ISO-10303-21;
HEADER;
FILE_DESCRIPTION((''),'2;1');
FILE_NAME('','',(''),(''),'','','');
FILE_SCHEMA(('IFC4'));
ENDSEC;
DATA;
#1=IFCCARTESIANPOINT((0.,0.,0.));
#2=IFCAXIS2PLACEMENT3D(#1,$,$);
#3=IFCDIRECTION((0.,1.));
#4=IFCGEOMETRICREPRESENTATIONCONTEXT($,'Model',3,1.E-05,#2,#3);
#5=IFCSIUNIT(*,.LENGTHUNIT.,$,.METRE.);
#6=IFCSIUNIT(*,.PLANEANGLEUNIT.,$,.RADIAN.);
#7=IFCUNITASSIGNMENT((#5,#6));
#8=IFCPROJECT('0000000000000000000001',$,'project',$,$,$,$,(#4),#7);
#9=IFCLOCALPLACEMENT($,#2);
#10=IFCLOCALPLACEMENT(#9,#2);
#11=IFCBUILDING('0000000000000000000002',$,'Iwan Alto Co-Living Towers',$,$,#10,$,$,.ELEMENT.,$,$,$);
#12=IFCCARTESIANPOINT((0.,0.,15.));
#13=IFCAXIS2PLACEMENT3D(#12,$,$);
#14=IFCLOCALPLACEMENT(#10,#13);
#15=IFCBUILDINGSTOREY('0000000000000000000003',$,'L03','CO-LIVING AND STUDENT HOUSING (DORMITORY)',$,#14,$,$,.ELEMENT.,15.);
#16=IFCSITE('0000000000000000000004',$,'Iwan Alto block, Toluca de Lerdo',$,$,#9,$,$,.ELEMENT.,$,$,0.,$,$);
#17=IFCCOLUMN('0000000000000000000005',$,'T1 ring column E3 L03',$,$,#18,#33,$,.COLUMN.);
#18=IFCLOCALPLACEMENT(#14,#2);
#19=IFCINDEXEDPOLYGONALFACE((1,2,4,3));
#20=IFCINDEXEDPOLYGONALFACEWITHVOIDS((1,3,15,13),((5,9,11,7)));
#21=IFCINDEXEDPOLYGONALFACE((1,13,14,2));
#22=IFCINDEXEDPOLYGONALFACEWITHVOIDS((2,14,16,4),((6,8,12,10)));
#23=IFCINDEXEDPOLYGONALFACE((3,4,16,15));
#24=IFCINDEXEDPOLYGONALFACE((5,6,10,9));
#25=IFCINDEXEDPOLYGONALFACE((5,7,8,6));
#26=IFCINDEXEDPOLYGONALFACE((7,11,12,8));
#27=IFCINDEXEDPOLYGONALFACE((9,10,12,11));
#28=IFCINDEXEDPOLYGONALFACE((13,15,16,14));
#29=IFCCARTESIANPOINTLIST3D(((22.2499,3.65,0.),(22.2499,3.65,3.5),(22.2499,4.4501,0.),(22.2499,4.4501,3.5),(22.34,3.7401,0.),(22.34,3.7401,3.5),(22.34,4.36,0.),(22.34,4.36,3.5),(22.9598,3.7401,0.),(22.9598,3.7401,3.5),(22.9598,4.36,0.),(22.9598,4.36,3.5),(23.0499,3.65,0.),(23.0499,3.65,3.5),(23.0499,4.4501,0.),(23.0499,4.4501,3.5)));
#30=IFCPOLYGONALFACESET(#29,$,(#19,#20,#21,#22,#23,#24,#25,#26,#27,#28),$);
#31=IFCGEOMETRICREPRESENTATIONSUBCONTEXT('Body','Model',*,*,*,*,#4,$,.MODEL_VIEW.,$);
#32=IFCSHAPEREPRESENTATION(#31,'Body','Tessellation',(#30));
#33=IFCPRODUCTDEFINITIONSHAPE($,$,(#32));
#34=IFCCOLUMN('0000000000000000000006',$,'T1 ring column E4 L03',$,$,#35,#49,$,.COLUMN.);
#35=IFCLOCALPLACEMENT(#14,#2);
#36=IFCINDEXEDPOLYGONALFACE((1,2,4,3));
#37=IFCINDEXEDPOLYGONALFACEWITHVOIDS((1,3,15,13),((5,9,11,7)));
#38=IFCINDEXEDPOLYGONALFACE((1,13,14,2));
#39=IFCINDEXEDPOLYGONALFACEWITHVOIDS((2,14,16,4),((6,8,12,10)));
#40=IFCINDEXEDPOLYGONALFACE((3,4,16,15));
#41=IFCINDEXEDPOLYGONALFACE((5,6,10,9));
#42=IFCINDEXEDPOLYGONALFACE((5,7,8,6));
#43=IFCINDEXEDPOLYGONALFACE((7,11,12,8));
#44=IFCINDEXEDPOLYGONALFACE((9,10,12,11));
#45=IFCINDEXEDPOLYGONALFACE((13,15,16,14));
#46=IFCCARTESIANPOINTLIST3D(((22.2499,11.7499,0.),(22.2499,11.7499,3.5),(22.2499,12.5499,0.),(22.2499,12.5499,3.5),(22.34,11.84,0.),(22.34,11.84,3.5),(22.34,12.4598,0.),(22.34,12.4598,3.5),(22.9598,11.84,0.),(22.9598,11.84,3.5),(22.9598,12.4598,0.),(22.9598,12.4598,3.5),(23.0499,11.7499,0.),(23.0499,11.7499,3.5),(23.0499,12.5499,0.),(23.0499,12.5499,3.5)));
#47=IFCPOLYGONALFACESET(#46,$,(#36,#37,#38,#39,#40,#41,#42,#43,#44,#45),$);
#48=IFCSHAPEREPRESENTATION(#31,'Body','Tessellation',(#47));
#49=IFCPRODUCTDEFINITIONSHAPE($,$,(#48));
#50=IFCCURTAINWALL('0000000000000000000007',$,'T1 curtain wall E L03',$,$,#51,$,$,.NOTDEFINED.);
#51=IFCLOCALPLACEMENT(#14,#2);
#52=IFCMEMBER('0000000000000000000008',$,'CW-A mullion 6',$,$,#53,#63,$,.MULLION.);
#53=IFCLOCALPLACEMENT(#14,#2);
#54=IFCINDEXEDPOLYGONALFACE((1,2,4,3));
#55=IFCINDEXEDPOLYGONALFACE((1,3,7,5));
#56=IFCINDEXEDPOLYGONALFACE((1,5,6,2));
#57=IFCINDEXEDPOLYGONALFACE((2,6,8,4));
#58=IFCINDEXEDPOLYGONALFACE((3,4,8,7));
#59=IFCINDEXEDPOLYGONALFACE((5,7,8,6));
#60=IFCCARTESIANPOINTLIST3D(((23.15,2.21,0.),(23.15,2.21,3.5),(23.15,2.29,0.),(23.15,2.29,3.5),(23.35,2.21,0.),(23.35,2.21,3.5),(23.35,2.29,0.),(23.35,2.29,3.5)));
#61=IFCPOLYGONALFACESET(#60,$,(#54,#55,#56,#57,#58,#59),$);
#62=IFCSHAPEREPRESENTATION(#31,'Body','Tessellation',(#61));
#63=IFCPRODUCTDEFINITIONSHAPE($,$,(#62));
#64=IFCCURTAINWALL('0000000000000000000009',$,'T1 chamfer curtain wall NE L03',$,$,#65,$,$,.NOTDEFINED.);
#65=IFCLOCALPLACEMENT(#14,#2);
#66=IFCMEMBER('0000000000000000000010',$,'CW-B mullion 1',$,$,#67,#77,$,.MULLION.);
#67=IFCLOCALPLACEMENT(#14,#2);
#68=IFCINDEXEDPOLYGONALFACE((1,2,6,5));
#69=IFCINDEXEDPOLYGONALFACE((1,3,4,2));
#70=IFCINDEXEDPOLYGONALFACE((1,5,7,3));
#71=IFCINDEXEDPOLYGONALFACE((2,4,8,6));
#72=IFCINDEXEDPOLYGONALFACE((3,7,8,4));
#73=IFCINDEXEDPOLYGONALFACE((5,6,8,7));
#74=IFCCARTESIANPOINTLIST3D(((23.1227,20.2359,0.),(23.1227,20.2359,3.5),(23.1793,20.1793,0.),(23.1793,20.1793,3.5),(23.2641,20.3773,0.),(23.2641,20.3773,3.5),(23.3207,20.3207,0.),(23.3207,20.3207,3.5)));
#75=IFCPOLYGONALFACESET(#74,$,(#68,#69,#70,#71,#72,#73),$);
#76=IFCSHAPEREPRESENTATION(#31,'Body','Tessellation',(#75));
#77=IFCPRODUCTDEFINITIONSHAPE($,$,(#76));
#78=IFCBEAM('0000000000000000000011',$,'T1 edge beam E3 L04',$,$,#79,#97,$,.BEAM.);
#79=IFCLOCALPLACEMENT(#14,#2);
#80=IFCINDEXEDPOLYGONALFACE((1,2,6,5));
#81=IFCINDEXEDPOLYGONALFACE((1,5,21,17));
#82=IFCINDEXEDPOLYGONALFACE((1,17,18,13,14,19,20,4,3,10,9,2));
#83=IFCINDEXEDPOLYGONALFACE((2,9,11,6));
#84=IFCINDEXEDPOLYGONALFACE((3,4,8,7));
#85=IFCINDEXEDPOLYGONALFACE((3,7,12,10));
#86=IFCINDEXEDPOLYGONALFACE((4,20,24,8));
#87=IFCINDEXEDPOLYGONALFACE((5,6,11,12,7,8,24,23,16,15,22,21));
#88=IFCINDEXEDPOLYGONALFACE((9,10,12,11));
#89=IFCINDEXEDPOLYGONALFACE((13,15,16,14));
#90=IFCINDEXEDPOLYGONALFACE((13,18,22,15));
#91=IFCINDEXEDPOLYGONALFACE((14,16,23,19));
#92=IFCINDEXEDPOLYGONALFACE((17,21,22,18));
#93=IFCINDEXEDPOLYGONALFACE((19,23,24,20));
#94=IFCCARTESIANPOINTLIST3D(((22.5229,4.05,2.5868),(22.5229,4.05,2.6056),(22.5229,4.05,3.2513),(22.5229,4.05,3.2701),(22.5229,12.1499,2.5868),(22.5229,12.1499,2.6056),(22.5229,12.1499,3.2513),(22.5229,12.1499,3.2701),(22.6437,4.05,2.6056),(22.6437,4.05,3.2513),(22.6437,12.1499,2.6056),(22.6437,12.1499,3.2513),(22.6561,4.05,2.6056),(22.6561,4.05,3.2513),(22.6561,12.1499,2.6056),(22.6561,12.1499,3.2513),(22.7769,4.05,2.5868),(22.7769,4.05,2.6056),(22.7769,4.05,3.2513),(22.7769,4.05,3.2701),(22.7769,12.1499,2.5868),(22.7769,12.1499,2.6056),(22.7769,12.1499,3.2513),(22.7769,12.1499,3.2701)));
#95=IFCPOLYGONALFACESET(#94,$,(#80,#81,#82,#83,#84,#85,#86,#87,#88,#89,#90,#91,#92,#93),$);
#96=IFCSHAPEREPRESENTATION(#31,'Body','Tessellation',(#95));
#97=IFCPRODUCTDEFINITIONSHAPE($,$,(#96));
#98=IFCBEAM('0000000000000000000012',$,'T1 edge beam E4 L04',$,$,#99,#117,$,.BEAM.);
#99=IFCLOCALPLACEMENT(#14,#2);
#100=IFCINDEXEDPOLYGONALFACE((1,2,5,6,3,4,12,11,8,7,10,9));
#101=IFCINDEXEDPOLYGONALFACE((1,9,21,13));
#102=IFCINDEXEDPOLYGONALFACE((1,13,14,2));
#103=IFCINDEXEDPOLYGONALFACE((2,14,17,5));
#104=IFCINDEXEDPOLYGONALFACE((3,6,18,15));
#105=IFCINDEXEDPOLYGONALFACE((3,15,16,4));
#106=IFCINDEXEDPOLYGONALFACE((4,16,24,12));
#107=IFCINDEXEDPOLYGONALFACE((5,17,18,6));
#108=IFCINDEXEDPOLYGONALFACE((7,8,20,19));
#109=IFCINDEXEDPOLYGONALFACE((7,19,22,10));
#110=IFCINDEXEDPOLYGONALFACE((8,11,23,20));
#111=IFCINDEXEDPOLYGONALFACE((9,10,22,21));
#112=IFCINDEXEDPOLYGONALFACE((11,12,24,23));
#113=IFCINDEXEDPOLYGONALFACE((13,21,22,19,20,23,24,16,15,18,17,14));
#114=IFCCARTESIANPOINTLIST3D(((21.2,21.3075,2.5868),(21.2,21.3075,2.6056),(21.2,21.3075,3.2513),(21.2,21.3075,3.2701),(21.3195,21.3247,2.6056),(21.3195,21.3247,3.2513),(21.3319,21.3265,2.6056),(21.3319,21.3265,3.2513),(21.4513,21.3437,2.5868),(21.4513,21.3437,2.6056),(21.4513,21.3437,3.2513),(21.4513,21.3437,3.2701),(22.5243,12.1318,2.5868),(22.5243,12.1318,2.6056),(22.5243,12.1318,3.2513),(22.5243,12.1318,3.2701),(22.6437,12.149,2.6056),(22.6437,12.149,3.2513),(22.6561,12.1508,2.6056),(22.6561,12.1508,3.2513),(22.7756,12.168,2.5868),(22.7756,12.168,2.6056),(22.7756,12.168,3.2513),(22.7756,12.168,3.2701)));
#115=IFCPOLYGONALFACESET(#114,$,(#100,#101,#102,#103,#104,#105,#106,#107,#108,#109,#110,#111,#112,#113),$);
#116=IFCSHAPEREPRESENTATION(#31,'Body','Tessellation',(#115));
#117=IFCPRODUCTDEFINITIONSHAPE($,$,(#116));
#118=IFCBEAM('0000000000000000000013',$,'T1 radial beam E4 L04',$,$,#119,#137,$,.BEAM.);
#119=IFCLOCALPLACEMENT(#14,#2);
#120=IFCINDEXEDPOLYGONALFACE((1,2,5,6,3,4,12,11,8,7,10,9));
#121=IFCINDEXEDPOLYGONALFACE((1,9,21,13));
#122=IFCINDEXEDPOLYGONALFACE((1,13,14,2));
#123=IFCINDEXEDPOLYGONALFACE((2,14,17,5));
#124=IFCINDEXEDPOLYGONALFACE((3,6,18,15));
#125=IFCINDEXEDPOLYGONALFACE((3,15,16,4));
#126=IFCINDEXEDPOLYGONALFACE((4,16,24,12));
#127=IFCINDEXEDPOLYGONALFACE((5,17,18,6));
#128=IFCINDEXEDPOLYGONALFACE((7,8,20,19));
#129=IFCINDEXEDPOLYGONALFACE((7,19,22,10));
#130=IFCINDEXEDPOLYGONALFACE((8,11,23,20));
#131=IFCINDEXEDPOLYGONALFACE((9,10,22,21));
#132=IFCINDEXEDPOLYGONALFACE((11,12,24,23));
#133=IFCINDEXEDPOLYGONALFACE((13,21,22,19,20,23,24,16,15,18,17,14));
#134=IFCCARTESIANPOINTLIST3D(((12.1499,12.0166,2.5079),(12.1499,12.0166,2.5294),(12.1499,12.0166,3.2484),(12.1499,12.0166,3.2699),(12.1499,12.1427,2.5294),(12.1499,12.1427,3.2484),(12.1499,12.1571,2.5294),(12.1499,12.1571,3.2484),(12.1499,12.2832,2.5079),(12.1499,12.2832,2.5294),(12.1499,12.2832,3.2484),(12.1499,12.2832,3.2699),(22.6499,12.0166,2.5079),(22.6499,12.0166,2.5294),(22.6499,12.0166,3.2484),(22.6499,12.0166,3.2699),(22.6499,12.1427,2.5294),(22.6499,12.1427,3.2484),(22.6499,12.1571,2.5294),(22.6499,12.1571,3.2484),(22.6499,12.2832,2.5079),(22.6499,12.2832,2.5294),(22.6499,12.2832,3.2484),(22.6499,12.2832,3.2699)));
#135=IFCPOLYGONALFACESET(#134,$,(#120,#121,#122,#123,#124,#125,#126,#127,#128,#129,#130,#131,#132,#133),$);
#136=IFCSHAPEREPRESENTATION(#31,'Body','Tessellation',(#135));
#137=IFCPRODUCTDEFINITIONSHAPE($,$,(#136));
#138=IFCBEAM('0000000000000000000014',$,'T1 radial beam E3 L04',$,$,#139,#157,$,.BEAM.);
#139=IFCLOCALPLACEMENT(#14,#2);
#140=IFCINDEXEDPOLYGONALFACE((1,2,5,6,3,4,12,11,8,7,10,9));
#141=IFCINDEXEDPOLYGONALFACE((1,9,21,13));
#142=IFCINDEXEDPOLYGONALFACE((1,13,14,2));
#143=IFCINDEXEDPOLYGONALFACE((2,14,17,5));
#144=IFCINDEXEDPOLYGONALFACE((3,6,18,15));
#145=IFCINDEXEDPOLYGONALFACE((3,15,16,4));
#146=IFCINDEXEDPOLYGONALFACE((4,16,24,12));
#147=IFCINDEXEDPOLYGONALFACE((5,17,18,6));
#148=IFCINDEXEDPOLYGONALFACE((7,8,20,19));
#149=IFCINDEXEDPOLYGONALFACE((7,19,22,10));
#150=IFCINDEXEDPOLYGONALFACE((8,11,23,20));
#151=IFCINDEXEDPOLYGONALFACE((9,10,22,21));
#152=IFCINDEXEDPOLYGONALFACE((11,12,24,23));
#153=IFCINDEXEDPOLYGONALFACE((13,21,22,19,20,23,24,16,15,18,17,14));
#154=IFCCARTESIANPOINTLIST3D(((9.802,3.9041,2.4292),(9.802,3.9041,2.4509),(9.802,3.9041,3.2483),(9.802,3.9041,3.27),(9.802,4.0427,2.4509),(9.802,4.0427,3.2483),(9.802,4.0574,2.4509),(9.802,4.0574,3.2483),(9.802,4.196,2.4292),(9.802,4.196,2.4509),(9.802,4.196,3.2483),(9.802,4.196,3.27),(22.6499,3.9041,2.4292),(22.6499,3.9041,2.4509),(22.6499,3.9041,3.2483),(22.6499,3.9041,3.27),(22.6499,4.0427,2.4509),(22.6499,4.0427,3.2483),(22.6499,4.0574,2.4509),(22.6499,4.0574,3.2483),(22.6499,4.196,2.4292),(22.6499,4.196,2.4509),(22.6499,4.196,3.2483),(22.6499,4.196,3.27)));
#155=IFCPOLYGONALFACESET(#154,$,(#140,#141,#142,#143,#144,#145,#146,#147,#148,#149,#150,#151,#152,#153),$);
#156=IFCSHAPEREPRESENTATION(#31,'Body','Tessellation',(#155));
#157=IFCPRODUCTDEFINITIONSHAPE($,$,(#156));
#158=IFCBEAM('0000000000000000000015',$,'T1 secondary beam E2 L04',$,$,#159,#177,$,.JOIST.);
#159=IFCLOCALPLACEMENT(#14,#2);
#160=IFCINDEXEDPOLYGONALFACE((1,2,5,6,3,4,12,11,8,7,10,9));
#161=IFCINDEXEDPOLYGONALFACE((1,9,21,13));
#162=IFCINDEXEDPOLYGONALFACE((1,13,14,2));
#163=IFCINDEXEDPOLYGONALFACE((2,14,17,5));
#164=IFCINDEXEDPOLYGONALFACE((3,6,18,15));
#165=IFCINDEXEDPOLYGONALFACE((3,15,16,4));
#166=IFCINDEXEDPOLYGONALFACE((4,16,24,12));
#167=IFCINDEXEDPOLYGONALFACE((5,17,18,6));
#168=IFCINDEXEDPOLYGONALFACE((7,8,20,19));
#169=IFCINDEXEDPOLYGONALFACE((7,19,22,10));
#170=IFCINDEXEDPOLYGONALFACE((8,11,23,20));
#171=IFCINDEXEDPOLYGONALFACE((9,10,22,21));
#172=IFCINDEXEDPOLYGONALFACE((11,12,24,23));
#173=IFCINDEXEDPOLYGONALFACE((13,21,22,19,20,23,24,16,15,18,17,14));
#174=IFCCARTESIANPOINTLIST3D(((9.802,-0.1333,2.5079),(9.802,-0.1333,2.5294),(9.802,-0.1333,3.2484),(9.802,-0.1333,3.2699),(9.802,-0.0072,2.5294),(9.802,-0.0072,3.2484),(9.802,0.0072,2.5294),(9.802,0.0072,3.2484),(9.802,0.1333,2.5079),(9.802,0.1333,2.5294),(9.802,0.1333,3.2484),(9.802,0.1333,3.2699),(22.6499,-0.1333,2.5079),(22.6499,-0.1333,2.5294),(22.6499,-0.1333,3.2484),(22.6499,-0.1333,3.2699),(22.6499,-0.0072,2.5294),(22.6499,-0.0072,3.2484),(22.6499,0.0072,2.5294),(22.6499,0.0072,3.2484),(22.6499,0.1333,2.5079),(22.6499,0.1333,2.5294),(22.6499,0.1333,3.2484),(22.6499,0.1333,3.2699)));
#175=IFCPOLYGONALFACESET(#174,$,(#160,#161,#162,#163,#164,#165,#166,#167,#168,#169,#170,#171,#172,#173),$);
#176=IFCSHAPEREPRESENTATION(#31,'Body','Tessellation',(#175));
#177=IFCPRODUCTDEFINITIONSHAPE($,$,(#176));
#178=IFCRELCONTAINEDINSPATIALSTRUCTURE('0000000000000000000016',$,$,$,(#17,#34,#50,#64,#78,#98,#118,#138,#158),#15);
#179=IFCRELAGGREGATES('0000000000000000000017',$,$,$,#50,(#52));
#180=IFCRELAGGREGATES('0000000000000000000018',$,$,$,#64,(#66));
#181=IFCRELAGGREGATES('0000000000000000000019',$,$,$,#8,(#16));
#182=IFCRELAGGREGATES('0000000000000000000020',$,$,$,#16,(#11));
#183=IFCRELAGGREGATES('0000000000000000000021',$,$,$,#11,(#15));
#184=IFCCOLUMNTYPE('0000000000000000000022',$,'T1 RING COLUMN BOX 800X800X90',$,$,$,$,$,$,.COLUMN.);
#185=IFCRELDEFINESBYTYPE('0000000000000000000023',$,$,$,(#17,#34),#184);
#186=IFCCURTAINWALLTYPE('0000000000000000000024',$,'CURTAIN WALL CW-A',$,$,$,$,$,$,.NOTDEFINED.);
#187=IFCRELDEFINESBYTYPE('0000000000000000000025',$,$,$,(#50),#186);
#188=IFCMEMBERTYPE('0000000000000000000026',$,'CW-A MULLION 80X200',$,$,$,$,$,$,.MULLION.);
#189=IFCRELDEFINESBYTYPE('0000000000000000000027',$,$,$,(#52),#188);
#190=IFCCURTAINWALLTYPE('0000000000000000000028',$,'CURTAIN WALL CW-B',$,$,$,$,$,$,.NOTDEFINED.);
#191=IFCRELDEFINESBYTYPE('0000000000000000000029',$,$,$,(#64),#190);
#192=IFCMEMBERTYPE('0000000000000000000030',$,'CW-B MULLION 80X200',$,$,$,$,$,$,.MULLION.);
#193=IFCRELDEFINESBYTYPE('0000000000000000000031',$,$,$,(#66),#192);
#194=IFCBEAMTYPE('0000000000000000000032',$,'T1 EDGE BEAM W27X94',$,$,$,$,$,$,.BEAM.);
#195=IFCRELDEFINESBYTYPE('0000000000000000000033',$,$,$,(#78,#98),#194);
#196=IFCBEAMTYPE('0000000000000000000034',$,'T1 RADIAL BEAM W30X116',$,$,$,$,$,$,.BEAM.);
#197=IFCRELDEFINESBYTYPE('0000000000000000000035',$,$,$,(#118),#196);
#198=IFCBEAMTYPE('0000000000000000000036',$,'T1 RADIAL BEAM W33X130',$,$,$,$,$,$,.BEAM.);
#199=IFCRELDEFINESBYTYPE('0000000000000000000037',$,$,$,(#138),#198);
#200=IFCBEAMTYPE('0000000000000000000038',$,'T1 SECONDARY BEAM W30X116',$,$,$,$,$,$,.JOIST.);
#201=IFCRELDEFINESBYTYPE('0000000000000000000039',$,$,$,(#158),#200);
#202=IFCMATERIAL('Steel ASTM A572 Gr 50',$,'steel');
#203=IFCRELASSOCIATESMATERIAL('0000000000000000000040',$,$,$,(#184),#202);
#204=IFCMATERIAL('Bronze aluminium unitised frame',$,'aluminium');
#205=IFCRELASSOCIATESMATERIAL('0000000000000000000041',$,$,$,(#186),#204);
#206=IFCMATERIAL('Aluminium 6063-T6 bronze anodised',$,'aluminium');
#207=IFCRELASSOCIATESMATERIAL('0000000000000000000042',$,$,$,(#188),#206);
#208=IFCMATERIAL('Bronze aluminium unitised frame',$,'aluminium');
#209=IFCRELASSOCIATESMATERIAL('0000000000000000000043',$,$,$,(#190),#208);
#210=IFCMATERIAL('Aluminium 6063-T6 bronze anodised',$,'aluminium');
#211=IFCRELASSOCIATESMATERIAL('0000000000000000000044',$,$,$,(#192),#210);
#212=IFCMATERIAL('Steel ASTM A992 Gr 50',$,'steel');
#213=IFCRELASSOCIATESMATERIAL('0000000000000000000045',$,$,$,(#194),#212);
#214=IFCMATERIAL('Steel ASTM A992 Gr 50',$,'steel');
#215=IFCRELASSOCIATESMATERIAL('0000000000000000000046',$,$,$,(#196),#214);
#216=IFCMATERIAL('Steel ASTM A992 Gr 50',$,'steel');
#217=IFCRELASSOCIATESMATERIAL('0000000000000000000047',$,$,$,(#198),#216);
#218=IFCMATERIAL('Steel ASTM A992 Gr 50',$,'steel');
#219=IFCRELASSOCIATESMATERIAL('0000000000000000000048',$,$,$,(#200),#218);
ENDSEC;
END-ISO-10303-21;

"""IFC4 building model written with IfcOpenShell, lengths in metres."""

from ifc_helpers import new_model, si_unit, direction, frame, origin, origin_2d, place, context, subcontext, project, spatial, rectangle, hollow_rectangle, i_section, extrude, material, material_profile, profile_set, type_object, element, aggregate, save


model = new_model("IFC4")

# Units and contexts
model_context = context("Model", 3, precision=1e-05, world=origin(), true_north=direction((0.0, 1.0)))
body_context = subcontext(model_context, "Body", "Model", "MODEL_VIEW")
ifc_project = project(units=[si_unit("LENGTHUNIT", "METRE"), si_unit("PLANEANGLEUNIT", "RADIAN")], contexts=[model_context])

# Site, building, storey
site_placement = place(None, origin())
site = spatial("IfcSite", under=ifc_project, at=site_placement, Name="Iwan Alto block, Toluca de Lerdo", CompositionType="ELEMENT", RefElevation=0.0)
building_placement = place(site_placement, origin())
building = spatial("IfcBuilding", under=site, at=building_placement, Name="Iwan Alto Co-Living Towers", CompositionType="ELEMENT")
storey_placement = place(building_placement, frame((0.0, 0.0, 15.0)))
storey = spatial("IfcBuildingStorey", under=building, at=storey_placement, Name="L03", Description="CO-LIVING AND STUDENT HOUSING (DORMITORY)", CompositionType="ELEMENT", Elevation=15.0)

# Columns
ifc_material_1 = material(Name="Steel ASTM A572 Gr 50", Category="steel")
ifc_material_profile_1 = material_profile(ifc_material_1, hollow_rectangle(XDim=0.8, YDim=0.8, WallThickness=0.0901, at=origin_2d()), Name="BOX 800X800X90")
ifc_profile_set_1 = profile_set([ifc_material_profile_1], Name="Steel ASTM A572 Gr 50")
column_type = type_object("IfcColumnType", Name="T1 RING COLUMN BOX 800X800X90", PredefinedType="COLUMN", material=ifc_profile_set_1)
for number, where, z_axis, x_axis, name in (
    (1, (22.6499, 4.05, 0.0), (0.0, 0.0, 1.0), (1.0, 0.0, 0.0), "T1 ring column E3 L03"),
    (2, (22.6499, 12.1499, 0.0), (0.0, 0.0, 1.0), (1.0, 0.0, 0.0), "T1 ring column E4 L03"),
):
    element("IfcColumn", number, at=place(storey_placement, frame(where, z_axis=z_axis, x_axis=x_axis)), inside=storey, type_object=column_type, Name=name, PredefinedType="COLUMN", context=body_context, shape_type="SweptSolid", body=[
        extrude(hollow_rectangle(XDim=0.8, YDim=0.8, WallThickness=0.0901, at=origin_2d()), origin(), (0.0, 0.0, 1.0), 3.5),
    ])

# Curtain walls, members
ifc_material_2 = material(Name="Bronze aluminium unitised frame", Category="aluminium")
curtain_wall_type_1 = type_object("IfcCurtainWallType", Name="CURTAIN WALL CW-A", PredefinedType="NOTDEFINED", material=ifc_material_2)
curtain_wall_1_placement = place(storey_placement, origin())
curtain_wall_1 = element("IfcCurtainWall", 3, at=curtain_wall_1_placement, inside=storey, type_object=curtain_wall_type_1, Name="T1 curtain wall E L03", PredefinedType="NOTDEFINED")
ifc_material_3 = material(Name="Aluminium 6063-T6 bronze anodised", Category="aluminium")
ifc_material_profile_2 = material_profile(ifc_material_3, rectangle(XDim=0.2, YDim=0.0801, at=origin_2d()), Name="AL 80X200")
ifc_profile_set_2 = profile_set([ifc_material_profile_2], Name="Aluminium 6063-T6 bronze anodised")
member_type_1 = type_object("IfcMemberType", Name="CW-A MULLION 80X200", PredefinedType="MULLION", material=ifc_profile_set_2)
member_1_placement = place(storey_placement, frame((23.25, 2.25, 0.0), z_axis=(0.0, 0.0, 1.0), x_axis=(-1.0, 0.0, 0.0)))
member_1 = element("IfcMember", 4, at=member_1_placement, type_object=member_type_1, Name="CW-A mullion 6", PredefinedType="MULLION", context=body_context, shape_type="SweptSolid", body=[
    extrude(rectangle(XDim=0.2, YDim=0.0801, at=origin_2d()), origin(), (0.0, 0.0, 1.0), 3.5),
])
aggregate(curtain_wall_1, [member_1])
ifc_material_4 = material(Name="Bronze aluminium unitised frame", Category="aluminium")
curtain_wall_type_2 = type_object("IfcCurtainWallType", Name="CURTAIN WALL CW-B", PredefinedType="NOTDEFINED", material=ifc_material_4)
curtain_wall_2_placement = place(storey_placement, origin())
curtain_wall_2 = element("IfcCurtainWall", 5, at=curtain_wall_2_placement, inside=storey, type_object=curtain_wall_type_2, Name="T1 chamfer curtain wall NE L03", PredefinedType="NOTDEFINED")
ifc_material_5 = material(Name="Aluminium 6063-T6 bronze anodised", Category="aluminium")
ifc_material_profile_3 = material_profile(ifc_material_5, rectangle(XDim=0.2, YDim=0.0801, at=origin_2d()), Name="AL 80X200")
ifc_profile_set_3 = profile_set([ifc_material_profile_3], Name="Aluminium 6063-T6 bronze anodised")
member_type_2 = type_object("IfcMemberType", Name="CW-B MULLION 80X200", PredefinedType="MULLION", material=ifc_profile_set_3)
member_2_placement = place(storey_placement, frame((23.2217, 20.2783, 0.0), z_axis=(0.0, 0.0, 1.0), x_axis=(-0.707107, -0.707107, 0.0)))
member_2 = element("IfcMember", 6, at=member_2_placement, type_object=member_type_2, Name="CW-B mullion 1", PredefinedType="MULLION", context=body_context, shape_type="SweptSolid", body=[
    extrude(rectangle(XDim=0.2, YDim=0.0801, at=origin_2d()), origin(), (0.0, 0.0, 1.0), 3.5),
])
aggregate(curtain_wall_2, [member_2])

# Beams
ifc_material_6 = material(Name="Steel ASTM A992 Gr 50", Category="steel")
ifc_material_profile_4 = material_profile(ifc_material_6, i_section(OverallWidth=0.2539, OverallDepth=0.6833, WebThickness=0.0125, FlangeThickness=0.0188, at=origin_2d()), Name="W27X94")
ifc_profile_set_4 = profile_set([ifc_material_profile_4], Name="Steel ASTM A992 Gr 50")
beam_type_1 = type_object("IfcBeamType", Name="T1 EDGE BEAM W27X94", PredefinedType="BEAM", material=ifc_profile_set_4)
beam_1_placement = place(storey_placement, frame((22.6499, 4.05, 2.9285), z_axis=(0.0, 1.0, 0.0), x_axis=(-1.0, 0.0, 0.0)))
element("IfcBeam", 7, at=beam_1_placement, inside=storey, type_object=beam_type_1, Name="T1 edge beam E3 L04", PredefinedType="BEAM", context=body_context, shape_type="SweptSolid", body=[
    extrude(i_section(OverallWidth=0.2539, OverallDepth=0.6833, WebThickness=0.0125, FlangeThickness=0.0188, at=origin_2d()), origin(), (0.0, 0.0, 1.0), 8.0999),
])
beam_2_placement = place(storey_placement, frame((22.6499, 12.1499, 2.9285), z_axis=(-0.142837, 0.989746, 0.0), x_axis=(-0.989746, -0.142837, 0.0)))
element("IfcBeam", 8, at=beam_2_placement, inside=storey, type_object=beam_type_1, Name="T1 edge beam E4 L04", PredefinedType="BEAM", context=body_context, shape_type="SweptSolid", body=[
    extrude(i_section(OverallWidth=0.2539, OverallDepth=0.6833, WebThickness=0.0125, FlangeThickness=0.0188, at=origin_2d()), origin(), (0.0, 0.0, 1.0), 9.2708),
])
ifc_material_7 = material(Name="Steel ASTM A992 Gr 50", Category="steel")
ifc_material_profile_5 = material_profile(ifc_material_7, i_section(OverallWidth=0.2666, OverallDepth=0.762, WebThickness=0.0144, FlangeThickness=0.0215, at=origin_2d()), Name="W30X116")
ifc_profile_set_5 = profile_set([ifc_material_profile_5], Name="Steel ASTM A992 Gr 50")
beam_type_2 = type_object("IfcBeamType", Name="T1 RADIAL BEAM W30X116", PredefinedType="BEAM", material=ifc_profile_set_5)
beam_3_placement = place(storey_placement, frame((22.6499, 12.1499, 2.8889), z_axis=(-1.0, 0.0, 0.0), x_axis=(0.0, -1.0, 0.0)))
element("IfcBeam", 9, at=beam_3_placement, inside=storey, type_object=beam_type_2, Name="T1 radial beam E4 L04", PredefinedType="BEAM", context=body_context, shape_type="SweptSolid", body=[
    extrude(i_section(OverallWidth=0.2666, OverallDepth=0.762, WebThickness=0.0144, FlangeThickness=0.0215, at=origin_2d()), origin(), (0.0, 0.0, 1.0), 10.5),
])
ifc_material_8 = material(Name="Steel ASTM A992 Gr 50", Category="steel")
ifc_material_profile_6 = material_profile(ifc_material_8, i_section(OverallWidth=0.292, OverallDepth=0.8408, WebThickness=0.0146, FlangeThickness=0.0217, at=origin_2d()), Name="W33X130")
ifc_profile_set_6 = profile_set([ifc_material_profile_6], Name="Steel ASTM A992 Gr 50")
beam_type_3 = type_object("IfcBeamType", Name="T1 RADIAL BEAM W33X130", PredefinedType="BEAM", material=ifc_profile_set_6)
beam_4_placement = place(storey_placement, frame((22.6499, 4.05, 2.8496), z_axis=(-1.0, 0.0, 0.0), x_axis=(0.0, -1.0, 0.0)))
element("IfcBeam", 10, at=beam_4_placement, inside=storey, type_object=beam_type_3, Name="T1 radial beam E3 L04", PredefinedType="BEAM", context=body_context, shape_type="SweptSolid", body=[
    extrude(i_section(OverallWidth=0.292, OverallDepth=0.8408, WebThickness=0.0146, FlangeThickness=0.0217, at=origin_2d()), origin(), (0.0, 0.0, 1.0), 12.8479),
])
ifc_material_9 = material(Name="Steel ASTM A992 Gr 50", Category="steel")
ifc_material_profile_7 = material_profile(ifc_material_9, i_section(OverallWidth=0.2666, OverallDepth=0.762, WebThickness=0.0144, FlangeThickness=0.0215, at=origin_2d()), Name="W30X116")
ifc_profile_set_7 = profile_set([ifc_material_profile_7], Name="Steel ASTM A992 Gr 50")
beam_type_4 = type_object("IfcBeamType", Name="T1 SECONDARY BEAM W30X116", PredefinedType="JOIST", material=ifc_profile_set_7)
for number, where, z_axis, x_axis, name in (
    (11, (22.6499, 0.0, 2.8889), (-1.0, 0.0, 0.0), (0.0, -1.0, 0.0), "T1 secondary beam E2 L04"),
):
    element("IfcBeam", number, at=place(storey_placement, frame(where, z_axis=z_axis, x_axis=x_axis)), inside=storey, type_object=beam_type_4, Name=name, PredefinedType="JOIST", context=body_context, shape_type="SweptSolid", body=[
        extrude(i_section(OverallWidth=0.2666, OverallDepth=0.762, WebThickness=0.0144, FlangeThickness=0.0215, at=origin_2d()), origin(), (0.0, 0.0, 1.0), 12.8479),
    ])

save(model, "model.ifc")
